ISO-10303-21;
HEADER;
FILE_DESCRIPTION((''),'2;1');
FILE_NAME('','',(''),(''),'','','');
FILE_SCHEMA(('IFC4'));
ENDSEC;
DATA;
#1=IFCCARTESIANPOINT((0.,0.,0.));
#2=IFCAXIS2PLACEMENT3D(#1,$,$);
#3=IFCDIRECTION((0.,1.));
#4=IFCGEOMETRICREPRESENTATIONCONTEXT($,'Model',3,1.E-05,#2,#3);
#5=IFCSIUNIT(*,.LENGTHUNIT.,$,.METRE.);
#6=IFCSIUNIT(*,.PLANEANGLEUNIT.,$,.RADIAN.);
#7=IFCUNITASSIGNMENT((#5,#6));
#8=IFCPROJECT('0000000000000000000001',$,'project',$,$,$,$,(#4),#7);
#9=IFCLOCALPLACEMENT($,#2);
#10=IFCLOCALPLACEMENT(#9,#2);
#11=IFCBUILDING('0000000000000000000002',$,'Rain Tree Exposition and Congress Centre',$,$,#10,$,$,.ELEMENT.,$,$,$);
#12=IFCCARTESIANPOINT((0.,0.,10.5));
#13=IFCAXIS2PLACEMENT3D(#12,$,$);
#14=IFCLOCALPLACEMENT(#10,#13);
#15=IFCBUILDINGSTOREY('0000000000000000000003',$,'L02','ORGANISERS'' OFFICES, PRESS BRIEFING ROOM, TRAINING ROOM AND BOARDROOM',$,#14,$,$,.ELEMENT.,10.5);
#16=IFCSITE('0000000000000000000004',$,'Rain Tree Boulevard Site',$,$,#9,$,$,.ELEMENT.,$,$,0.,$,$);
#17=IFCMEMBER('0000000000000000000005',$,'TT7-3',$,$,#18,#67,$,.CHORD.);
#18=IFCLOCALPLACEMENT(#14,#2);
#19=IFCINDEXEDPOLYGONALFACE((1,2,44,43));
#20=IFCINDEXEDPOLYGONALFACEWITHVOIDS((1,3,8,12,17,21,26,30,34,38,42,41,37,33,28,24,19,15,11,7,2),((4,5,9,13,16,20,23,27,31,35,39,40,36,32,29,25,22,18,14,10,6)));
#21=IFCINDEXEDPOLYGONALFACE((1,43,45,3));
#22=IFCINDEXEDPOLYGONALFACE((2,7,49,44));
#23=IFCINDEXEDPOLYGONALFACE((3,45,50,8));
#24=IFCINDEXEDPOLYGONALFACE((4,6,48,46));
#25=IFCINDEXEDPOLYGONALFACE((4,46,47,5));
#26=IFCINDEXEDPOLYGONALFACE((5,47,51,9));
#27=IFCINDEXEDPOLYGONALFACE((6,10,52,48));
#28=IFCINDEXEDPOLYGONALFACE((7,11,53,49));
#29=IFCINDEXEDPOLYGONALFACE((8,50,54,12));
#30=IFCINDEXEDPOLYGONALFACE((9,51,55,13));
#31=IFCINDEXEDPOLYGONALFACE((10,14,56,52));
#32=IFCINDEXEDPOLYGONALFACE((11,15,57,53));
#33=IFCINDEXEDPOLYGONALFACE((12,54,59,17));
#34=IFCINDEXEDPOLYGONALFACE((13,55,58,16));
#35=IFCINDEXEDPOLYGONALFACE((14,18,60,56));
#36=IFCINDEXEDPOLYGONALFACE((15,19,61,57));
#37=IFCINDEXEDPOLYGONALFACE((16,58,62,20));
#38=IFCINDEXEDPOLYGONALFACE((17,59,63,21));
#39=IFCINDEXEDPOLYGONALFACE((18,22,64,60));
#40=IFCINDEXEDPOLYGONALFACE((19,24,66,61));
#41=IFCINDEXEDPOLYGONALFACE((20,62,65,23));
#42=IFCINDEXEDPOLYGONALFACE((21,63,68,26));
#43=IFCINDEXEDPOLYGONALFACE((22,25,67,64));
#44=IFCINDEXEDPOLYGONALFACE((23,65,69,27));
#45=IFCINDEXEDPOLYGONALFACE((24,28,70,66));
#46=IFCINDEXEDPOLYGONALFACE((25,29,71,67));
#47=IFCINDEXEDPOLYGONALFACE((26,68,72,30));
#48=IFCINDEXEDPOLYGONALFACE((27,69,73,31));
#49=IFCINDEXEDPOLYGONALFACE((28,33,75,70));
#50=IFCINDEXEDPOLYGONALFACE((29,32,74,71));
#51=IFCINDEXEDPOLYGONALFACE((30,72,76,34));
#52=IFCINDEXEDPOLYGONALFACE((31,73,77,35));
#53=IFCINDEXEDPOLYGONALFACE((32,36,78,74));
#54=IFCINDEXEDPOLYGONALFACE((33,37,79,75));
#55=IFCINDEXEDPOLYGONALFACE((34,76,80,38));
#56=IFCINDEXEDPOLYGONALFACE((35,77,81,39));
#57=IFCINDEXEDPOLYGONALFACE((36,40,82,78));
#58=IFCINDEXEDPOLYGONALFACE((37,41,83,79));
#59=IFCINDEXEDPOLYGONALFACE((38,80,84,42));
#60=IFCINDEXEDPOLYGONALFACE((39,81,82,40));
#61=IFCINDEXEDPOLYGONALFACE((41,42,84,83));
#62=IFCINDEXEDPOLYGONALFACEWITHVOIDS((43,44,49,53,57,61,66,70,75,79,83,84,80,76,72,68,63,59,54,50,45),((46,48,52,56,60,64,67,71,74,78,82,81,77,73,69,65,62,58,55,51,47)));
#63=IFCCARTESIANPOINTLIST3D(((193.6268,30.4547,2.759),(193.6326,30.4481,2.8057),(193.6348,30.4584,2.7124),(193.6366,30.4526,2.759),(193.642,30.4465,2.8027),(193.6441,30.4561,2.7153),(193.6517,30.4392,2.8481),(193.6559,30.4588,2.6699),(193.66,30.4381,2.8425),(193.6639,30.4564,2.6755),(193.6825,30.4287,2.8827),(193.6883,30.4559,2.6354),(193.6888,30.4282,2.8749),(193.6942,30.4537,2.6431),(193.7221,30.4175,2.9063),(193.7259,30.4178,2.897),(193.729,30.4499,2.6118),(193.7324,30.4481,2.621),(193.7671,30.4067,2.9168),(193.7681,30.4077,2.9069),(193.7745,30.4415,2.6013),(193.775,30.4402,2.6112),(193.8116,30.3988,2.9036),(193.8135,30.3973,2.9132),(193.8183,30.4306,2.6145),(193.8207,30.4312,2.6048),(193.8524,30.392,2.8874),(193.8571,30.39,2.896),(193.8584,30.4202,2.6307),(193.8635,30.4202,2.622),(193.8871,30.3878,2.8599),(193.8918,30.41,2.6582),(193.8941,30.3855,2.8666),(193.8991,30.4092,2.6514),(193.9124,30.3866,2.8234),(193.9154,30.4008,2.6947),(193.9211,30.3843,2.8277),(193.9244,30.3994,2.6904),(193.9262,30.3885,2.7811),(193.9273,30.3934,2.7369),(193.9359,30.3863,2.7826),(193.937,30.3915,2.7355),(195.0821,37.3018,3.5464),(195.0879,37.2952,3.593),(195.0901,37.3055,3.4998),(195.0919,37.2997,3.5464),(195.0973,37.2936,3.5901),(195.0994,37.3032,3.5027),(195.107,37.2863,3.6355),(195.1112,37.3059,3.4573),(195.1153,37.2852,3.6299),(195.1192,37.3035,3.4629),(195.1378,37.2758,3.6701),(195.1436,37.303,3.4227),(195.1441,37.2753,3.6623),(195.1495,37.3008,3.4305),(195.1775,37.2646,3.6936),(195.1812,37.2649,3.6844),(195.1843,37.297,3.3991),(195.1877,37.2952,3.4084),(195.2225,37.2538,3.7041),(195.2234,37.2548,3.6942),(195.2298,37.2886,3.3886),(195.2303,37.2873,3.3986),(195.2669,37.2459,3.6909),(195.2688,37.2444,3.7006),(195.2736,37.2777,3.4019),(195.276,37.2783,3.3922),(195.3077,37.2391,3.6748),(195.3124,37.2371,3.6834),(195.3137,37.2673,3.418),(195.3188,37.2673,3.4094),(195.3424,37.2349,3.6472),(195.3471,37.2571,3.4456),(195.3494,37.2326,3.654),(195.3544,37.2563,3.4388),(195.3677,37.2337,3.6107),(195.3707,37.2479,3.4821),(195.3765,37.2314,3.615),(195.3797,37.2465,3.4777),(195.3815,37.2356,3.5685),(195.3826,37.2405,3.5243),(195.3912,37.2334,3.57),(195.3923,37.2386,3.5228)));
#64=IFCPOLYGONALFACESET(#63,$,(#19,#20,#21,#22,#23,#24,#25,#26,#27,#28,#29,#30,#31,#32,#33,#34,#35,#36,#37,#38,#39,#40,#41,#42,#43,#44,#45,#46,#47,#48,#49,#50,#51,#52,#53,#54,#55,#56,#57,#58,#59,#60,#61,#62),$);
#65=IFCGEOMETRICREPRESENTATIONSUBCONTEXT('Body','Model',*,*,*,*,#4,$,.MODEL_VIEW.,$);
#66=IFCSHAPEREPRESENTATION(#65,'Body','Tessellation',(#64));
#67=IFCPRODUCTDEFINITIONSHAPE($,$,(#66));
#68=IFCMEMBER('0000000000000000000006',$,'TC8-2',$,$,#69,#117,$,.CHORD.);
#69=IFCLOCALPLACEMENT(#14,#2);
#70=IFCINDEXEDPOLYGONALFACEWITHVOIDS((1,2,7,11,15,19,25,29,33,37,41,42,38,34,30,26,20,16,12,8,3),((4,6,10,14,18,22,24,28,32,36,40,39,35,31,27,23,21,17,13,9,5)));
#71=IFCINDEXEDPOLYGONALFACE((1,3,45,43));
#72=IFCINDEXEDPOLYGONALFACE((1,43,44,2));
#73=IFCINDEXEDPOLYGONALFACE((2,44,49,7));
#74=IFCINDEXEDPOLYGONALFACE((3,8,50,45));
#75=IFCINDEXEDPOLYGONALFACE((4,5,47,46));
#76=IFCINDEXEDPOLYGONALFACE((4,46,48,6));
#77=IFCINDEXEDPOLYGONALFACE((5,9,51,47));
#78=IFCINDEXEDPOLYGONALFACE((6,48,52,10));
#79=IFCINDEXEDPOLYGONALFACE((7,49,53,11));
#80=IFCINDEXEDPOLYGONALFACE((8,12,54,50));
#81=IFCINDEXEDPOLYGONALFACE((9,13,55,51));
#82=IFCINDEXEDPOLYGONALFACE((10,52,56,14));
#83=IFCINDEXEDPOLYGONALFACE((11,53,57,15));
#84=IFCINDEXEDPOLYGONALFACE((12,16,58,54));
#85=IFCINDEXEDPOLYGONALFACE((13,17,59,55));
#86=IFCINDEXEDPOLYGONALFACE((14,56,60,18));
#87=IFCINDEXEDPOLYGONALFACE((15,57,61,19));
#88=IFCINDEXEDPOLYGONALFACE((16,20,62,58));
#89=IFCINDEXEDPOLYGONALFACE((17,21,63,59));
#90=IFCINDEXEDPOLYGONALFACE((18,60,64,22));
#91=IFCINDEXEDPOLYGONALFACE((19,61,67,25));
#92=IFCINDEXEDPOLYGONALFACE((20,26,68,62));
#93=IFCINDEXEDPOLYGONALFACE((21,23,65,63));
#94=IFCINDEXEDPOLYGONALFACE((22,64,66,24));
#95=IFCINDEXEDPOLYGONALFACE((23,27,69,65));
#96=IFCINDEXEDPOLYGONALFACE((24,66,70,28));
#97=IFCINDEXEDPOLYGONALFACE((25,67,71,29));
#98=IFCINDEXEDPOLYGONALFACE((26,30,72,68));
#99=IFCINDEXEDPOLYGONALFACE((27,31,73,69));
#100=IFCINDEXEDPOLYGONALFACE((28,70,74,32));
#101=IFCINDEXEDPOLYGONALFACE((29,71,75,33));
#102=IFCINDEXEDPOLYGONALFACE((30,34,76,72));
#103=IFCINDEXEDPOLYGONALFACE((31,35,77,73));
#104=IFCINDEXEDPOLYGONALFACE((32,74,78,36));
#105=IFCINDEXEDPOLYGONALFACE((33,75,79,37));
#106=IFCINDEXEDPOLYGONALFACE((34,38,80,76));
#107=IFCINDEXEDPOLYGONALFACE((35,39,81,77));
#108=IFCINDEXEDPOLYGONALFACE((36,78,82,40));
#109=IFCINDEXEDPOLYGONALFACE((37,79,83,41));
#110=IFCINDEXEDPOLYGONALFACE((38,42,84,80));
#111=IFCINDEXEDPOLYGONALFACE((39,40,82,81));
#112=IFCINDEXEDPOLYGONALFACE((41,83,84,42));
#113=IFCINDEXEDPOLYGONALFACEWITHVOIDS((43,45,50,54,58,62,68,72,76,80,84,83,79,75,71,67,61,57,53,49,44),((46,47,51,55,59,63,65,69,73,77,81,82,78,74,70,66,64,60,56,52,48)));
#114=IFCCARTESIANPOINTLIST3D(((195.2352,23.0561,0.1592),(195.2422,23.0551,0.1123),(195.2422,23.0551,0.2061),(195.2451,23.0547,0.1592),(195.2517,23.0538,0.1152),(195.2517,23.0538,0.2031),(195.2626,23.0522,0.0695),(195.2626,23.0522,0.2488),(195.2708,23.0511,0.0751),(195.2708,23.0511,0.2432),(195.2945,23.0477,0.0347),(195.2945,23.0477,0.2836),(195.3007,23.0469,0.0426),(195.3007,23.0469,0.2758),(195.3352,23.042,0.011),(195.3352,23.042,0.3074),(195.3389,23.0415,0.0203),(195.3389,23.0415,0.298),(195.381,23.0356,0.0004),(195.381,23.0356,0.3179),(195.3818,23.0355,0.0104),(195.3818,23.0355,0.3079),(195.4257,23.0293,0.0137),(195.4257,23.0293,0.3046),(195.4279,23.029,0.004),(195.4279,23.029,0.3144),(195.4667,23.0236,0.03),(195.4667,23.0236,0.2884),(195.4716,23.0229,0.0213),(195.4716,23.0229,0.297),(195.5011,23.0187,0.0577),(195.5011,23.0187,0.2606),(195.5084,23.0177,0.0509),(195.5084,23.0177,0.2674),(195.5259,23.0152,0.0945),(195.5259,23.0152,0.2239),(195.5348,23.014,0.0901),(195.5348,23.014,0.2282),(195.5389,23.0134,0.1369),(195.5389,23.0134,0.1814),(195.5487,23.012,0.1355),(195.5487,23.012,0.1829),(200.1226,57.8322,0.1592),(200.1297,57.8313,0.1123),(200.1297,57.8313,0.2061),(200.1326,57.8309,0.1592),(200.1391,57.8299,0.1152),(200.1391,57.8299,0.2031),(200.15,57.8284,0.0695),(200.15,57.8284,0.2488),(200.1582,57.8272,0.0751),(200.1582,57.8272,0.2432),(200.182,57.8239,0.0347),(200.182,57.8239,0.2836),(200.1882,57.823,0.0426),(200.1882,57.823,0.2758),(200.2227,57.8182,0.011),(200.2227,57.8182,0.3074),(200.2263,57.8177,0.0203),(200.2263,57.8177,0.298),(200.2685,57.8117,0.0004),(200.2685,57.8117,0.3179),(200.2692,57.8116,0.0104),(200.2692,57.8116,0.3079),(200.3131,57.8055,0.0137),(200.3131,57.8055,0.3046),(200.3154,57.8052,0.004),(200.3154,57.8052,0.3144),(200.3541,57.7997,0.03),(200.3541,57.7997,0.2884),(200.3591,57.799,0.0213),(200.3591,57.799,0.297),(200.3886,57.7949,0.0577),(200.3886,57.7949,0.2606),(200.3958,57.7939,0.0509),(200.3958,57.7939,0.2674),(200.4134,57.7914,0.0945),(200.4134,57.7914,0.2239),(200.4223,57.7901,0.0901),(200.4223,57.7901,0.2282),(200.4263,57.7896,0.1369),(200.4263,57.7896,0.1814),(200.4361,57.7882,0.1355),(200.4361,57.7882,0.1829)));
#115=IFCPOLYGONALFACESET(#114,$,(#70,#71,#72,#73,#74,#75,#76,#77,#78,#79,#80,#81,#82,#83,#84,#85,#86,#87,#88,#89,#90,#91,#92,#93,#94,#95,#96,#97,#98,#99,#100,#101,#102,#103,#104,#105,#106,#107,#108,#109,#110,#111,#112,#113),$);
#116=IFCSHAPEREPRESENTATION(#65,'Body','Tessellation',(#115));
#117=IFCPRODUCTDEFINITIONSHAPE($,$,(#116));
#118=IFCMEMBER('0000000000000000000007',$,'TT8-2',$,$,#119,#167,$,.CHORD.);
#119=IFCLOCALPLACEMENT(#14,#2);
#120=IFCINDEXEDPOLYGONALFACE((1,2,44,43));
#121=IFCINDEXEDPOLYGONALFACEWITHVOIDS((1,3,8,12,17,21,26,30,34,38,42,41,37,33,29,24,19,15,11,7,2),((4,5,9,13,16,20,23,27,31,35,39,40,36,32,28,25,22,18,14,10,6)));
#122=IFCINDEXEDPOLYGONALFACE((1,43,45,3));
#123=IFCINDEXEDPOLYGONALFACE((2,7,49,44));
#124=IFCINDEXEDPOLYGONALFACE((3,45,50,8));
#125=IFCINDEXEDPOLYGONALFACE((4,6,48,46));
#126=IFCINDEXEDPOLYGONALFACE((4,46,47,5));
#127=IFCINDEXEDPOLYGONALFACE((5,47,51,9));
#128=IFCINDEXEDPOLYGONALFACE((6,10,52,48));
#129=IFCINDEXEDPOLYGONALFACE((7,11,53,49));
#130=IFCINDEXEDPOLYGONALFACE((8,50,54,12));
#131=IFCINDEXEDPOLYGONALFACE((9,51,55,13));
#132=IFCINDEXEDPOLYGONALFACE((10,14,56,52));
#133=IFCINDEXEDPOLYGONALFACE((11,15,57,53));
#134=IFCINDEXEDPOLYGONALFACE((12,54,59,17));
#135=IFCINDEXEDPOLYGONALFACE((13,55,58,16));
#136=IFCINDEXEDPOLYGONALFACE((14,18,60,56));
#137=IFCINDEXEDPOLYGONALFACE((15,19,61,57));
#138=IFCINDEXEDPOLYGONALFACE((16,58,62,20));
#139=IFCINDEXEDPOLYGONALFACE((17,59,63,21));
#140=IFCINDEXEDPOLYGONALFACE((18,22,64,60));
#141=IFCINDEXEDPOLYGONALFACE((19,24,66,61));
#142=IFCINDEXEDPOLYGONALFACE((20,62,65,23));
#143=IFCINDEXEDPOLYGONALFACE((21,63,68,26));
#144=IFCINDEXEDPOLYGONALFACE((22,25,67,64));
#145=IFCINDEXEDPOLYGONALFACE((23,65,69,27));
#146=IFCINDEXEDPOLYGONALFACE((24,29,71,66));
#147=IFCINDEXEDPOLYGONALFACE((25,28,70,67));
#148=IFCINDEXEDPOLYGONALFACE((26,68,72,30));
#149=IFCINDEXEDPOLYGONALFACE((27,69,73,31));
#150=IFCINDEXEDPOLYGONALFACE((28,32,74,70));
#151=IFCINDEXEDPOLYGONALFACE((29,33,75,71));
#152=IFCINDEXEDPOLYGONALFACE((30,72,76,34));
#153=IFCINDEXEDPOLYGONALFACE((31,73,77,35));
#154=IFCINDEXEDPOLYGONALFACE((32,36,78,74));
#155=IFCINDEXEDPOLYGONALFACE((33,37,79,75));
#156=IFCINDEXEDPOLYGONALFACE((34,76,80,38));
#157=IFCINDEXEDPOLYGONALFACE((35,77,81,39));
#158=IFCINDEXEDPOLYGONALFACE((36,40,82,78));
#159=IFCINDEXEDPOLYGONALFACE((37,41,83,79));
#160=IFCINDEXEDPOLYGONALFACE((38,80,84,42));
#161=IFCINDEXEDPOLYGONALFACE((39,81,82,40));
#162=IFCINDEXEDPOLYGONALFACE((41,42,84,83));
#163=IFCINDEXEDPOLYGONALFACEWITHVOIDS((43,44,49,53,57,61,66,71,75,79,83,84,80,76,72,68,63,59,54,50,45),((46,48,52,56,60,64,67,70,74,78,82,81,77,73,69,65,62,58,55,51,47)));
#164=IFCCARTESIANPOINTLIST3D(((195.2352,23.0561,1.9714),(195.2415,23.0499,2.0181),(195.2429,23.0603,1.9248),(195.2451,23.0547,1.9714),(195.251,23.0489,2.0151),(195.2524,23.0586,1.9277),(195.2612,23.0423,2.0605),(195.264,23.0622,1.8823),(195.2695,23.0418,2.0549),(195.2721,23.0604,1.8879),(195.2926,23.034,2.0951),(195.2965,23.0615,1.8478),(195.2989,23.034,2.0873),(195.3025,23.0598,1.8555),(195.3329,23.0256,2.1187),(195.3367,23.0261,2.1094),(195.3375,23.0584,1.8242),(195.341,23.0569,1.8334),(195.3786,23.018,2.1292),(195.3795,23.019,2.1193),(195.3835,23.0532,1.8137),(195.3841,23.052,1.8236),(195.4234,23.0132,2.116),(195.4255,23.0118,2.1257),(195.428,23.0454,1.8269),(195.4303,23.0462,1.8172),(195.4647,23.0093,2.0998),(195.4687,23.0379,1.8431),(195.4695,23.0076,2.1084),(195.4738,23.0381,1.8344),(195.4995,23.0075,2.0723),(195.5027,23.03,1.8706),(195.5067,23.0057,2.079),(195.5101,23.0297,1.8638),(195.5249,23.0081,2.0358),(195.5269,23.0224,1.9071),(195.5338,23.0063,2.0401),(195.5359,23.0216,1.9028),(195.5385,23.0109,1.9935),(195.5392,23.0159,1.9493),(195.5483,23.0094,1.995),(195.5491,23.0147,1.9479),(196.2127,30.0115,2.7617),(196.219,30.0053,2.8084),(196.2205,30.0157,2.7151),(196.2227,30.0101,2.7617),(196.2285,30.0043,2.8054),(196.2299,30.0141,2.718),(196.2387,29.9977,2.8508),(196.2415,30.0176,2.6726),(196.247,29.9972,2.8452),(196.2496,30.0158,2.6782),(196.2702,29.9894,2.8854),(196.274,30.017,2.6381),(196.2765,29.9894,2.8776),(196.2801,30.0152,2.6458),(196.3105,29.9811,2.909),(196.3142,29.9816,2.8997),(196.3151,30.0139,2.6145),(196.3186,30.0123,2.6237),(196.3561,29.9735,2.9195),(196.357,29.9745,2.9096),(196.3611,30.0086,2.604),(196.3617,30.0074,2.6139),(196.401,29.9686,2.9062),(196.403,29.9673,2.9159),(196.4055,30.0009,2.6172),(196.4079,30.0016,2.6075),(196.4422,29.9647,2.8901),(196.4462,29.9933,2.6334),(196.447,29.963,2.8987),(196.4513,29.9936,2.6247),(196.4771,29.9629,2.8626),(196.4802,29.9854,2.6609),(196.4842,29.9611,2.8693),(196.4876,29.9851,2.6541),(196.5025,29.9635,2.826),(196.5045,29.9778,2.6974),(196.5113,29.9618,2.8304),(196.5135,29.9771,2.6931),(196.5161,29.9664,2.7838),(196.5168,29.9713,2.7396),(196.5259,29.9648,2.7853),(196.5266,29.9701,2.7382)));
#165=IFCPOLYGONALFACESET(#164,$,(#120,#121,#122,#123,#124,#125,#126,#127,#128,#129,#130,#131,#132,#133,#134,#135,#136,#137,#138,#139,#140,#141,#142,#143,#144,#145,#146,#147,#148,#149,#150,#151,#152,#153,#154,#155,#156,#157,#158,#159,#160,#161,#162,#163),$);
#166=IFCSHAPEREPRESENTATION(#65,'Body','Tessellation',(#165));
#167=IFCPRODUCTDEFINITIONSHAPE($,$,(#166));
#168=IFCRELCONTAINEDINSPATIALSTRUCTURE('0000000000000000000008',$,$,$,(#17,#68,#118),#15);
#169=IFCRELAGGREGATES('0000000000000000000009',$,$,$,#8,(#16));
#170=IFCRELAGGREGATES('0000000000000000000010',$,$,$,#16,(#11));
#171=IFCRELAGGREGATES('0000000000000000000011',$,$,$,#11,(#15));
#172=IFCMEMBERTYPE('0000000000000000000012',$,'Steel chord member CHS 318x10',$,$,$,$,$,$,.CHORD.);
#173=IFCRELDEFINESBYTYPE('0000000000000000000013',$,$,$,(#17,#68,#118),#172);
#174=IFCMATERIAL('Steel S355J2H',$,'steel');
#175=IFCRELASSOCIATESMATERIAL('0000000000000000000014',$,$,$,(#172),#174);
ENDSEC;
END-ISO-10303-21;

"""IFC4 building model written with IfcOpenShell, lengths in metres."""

from ifc_helpers import new_model, si_unit, direction, frame, origin, origin_2d, place, context, subcontext, project, spatial, hollow_circle, extrude, material, material_profile, profile_set, type_object, element, save


model = new_model("IFC4")

# Units and contexts
model_context = context("Model", 3, precision=1e-05, world=origin(), true_north=direction((0.0, 1.0)))
body_context = subcontext(model_context, "Body", "Model", "MODEL_VIEW")
ifc_project = project(units=[si_unit("LENGTHUNIT", "METRE"), si_unit("PLANEANGLEUNIT", "RADIAN")], contexts=[model_context])

# Site, building, storey
site_placement = place(None, origin())
site = spatial("IfcSite", under=ifc_project, at=site_placement, Name="Rain Tree Boulevard Site", CompositionType="ELEMENT", RefElevation=0.0)
building_placement = place(site_placement, origin())
building = spatial("IfcBuilding", under=site, at=building_placement, Name="Rain Tree Exposition and Congress Centre", CompositionType="ELEMENT")
storey_placement = place(building_placement, frame((0.0, 0.0, 10.5)))
storey = spatial("IfcBuildingStorey", under=building, at=storey_placement, Name="L02", Description="ORGANISERS' OFFICES, PRESS BRIEFING ROOM, TRAINING ROOM AND BOARDROOM", CompositionType="ELEMENT", Elevation=10.5)

# Members
ifc_material_1 = material(Name="Steel S355J2H", Category="steel")
ifc_material_profile_1 = material_profile(ifc_material_1, hollow_circle(Radius=0.1592, WallThickness=0.01, at=origin_2d()), Name="CHS 318x10")
ifc_profile_set_1 = profile_set([ifc_material_profile_1], Name="Steel S355J2H")
member_type_1 = type_object("IfcMemberType", Name="Steel chord member CHS 318x10", PredefinedType="CHORD", material=ifc_profile_set_1)
member_1_placement = place(storey_placement, frame((193.7825, 30.4216, 2.759), z_axis=(0.206597, 0.972021, 0.111772), x_axis=(-0.97815, 0.2079, 0.0)))
element("IfcMember", 1, at=member_1_placement, inside=storey, type_object=member_type_1, Name="TT7-3", PredefinedType="CHORD", context=body_context, shape_type="SweptSolid", body=[
    extrude(hollow_circle(Radius=0.1592, WallThickness=0.01, at=origin_2d()), origin(), (0.0, 0.0, 1.0), 7.0442),
])
member_2_placement = place(storey_placement, frame((195.3928, 23.0339, 0.1592), z_axis=(0.139173, 0.990268, 0.0), x_axis=(-0.990268, 0.139173, 0.0)))
element("IfcMember", 2, at=member_2_placement, inside=storey, type_object=member_type_1, Name="TC8-2", PredefinedType="CHORD", context=body_context, shape_type="SweptSolid", body=[
    extrude(hollow_circle(Radius=0.1592, WallThickness=0.01, at=origin_2d()), origin(), (0.0, 0.0, 1.0), 35.1179),
])
member_3_placement = place(storey_placement, frame((195.3928, 23.0339, 1.9714), z_axis=(0.138305, 0.984058, 0.111811), x_axis=(-0.990267, 0.139178, 0.0)))
element("IfcMember", 3, at=member_3_placement, inside=storey, type_object=member_type_1, Name="TT8-2", PredefinedType="CHORD", context=body_context, shape_type="SweptSolid", body=[
    extrude(hollow_circle(Radius=0.1592, WallThickness=0.01, at=origin_2d()), origin(), (0.0, 0.0, 1.0), 7.0681),
])

save(model, "model.ifc")
